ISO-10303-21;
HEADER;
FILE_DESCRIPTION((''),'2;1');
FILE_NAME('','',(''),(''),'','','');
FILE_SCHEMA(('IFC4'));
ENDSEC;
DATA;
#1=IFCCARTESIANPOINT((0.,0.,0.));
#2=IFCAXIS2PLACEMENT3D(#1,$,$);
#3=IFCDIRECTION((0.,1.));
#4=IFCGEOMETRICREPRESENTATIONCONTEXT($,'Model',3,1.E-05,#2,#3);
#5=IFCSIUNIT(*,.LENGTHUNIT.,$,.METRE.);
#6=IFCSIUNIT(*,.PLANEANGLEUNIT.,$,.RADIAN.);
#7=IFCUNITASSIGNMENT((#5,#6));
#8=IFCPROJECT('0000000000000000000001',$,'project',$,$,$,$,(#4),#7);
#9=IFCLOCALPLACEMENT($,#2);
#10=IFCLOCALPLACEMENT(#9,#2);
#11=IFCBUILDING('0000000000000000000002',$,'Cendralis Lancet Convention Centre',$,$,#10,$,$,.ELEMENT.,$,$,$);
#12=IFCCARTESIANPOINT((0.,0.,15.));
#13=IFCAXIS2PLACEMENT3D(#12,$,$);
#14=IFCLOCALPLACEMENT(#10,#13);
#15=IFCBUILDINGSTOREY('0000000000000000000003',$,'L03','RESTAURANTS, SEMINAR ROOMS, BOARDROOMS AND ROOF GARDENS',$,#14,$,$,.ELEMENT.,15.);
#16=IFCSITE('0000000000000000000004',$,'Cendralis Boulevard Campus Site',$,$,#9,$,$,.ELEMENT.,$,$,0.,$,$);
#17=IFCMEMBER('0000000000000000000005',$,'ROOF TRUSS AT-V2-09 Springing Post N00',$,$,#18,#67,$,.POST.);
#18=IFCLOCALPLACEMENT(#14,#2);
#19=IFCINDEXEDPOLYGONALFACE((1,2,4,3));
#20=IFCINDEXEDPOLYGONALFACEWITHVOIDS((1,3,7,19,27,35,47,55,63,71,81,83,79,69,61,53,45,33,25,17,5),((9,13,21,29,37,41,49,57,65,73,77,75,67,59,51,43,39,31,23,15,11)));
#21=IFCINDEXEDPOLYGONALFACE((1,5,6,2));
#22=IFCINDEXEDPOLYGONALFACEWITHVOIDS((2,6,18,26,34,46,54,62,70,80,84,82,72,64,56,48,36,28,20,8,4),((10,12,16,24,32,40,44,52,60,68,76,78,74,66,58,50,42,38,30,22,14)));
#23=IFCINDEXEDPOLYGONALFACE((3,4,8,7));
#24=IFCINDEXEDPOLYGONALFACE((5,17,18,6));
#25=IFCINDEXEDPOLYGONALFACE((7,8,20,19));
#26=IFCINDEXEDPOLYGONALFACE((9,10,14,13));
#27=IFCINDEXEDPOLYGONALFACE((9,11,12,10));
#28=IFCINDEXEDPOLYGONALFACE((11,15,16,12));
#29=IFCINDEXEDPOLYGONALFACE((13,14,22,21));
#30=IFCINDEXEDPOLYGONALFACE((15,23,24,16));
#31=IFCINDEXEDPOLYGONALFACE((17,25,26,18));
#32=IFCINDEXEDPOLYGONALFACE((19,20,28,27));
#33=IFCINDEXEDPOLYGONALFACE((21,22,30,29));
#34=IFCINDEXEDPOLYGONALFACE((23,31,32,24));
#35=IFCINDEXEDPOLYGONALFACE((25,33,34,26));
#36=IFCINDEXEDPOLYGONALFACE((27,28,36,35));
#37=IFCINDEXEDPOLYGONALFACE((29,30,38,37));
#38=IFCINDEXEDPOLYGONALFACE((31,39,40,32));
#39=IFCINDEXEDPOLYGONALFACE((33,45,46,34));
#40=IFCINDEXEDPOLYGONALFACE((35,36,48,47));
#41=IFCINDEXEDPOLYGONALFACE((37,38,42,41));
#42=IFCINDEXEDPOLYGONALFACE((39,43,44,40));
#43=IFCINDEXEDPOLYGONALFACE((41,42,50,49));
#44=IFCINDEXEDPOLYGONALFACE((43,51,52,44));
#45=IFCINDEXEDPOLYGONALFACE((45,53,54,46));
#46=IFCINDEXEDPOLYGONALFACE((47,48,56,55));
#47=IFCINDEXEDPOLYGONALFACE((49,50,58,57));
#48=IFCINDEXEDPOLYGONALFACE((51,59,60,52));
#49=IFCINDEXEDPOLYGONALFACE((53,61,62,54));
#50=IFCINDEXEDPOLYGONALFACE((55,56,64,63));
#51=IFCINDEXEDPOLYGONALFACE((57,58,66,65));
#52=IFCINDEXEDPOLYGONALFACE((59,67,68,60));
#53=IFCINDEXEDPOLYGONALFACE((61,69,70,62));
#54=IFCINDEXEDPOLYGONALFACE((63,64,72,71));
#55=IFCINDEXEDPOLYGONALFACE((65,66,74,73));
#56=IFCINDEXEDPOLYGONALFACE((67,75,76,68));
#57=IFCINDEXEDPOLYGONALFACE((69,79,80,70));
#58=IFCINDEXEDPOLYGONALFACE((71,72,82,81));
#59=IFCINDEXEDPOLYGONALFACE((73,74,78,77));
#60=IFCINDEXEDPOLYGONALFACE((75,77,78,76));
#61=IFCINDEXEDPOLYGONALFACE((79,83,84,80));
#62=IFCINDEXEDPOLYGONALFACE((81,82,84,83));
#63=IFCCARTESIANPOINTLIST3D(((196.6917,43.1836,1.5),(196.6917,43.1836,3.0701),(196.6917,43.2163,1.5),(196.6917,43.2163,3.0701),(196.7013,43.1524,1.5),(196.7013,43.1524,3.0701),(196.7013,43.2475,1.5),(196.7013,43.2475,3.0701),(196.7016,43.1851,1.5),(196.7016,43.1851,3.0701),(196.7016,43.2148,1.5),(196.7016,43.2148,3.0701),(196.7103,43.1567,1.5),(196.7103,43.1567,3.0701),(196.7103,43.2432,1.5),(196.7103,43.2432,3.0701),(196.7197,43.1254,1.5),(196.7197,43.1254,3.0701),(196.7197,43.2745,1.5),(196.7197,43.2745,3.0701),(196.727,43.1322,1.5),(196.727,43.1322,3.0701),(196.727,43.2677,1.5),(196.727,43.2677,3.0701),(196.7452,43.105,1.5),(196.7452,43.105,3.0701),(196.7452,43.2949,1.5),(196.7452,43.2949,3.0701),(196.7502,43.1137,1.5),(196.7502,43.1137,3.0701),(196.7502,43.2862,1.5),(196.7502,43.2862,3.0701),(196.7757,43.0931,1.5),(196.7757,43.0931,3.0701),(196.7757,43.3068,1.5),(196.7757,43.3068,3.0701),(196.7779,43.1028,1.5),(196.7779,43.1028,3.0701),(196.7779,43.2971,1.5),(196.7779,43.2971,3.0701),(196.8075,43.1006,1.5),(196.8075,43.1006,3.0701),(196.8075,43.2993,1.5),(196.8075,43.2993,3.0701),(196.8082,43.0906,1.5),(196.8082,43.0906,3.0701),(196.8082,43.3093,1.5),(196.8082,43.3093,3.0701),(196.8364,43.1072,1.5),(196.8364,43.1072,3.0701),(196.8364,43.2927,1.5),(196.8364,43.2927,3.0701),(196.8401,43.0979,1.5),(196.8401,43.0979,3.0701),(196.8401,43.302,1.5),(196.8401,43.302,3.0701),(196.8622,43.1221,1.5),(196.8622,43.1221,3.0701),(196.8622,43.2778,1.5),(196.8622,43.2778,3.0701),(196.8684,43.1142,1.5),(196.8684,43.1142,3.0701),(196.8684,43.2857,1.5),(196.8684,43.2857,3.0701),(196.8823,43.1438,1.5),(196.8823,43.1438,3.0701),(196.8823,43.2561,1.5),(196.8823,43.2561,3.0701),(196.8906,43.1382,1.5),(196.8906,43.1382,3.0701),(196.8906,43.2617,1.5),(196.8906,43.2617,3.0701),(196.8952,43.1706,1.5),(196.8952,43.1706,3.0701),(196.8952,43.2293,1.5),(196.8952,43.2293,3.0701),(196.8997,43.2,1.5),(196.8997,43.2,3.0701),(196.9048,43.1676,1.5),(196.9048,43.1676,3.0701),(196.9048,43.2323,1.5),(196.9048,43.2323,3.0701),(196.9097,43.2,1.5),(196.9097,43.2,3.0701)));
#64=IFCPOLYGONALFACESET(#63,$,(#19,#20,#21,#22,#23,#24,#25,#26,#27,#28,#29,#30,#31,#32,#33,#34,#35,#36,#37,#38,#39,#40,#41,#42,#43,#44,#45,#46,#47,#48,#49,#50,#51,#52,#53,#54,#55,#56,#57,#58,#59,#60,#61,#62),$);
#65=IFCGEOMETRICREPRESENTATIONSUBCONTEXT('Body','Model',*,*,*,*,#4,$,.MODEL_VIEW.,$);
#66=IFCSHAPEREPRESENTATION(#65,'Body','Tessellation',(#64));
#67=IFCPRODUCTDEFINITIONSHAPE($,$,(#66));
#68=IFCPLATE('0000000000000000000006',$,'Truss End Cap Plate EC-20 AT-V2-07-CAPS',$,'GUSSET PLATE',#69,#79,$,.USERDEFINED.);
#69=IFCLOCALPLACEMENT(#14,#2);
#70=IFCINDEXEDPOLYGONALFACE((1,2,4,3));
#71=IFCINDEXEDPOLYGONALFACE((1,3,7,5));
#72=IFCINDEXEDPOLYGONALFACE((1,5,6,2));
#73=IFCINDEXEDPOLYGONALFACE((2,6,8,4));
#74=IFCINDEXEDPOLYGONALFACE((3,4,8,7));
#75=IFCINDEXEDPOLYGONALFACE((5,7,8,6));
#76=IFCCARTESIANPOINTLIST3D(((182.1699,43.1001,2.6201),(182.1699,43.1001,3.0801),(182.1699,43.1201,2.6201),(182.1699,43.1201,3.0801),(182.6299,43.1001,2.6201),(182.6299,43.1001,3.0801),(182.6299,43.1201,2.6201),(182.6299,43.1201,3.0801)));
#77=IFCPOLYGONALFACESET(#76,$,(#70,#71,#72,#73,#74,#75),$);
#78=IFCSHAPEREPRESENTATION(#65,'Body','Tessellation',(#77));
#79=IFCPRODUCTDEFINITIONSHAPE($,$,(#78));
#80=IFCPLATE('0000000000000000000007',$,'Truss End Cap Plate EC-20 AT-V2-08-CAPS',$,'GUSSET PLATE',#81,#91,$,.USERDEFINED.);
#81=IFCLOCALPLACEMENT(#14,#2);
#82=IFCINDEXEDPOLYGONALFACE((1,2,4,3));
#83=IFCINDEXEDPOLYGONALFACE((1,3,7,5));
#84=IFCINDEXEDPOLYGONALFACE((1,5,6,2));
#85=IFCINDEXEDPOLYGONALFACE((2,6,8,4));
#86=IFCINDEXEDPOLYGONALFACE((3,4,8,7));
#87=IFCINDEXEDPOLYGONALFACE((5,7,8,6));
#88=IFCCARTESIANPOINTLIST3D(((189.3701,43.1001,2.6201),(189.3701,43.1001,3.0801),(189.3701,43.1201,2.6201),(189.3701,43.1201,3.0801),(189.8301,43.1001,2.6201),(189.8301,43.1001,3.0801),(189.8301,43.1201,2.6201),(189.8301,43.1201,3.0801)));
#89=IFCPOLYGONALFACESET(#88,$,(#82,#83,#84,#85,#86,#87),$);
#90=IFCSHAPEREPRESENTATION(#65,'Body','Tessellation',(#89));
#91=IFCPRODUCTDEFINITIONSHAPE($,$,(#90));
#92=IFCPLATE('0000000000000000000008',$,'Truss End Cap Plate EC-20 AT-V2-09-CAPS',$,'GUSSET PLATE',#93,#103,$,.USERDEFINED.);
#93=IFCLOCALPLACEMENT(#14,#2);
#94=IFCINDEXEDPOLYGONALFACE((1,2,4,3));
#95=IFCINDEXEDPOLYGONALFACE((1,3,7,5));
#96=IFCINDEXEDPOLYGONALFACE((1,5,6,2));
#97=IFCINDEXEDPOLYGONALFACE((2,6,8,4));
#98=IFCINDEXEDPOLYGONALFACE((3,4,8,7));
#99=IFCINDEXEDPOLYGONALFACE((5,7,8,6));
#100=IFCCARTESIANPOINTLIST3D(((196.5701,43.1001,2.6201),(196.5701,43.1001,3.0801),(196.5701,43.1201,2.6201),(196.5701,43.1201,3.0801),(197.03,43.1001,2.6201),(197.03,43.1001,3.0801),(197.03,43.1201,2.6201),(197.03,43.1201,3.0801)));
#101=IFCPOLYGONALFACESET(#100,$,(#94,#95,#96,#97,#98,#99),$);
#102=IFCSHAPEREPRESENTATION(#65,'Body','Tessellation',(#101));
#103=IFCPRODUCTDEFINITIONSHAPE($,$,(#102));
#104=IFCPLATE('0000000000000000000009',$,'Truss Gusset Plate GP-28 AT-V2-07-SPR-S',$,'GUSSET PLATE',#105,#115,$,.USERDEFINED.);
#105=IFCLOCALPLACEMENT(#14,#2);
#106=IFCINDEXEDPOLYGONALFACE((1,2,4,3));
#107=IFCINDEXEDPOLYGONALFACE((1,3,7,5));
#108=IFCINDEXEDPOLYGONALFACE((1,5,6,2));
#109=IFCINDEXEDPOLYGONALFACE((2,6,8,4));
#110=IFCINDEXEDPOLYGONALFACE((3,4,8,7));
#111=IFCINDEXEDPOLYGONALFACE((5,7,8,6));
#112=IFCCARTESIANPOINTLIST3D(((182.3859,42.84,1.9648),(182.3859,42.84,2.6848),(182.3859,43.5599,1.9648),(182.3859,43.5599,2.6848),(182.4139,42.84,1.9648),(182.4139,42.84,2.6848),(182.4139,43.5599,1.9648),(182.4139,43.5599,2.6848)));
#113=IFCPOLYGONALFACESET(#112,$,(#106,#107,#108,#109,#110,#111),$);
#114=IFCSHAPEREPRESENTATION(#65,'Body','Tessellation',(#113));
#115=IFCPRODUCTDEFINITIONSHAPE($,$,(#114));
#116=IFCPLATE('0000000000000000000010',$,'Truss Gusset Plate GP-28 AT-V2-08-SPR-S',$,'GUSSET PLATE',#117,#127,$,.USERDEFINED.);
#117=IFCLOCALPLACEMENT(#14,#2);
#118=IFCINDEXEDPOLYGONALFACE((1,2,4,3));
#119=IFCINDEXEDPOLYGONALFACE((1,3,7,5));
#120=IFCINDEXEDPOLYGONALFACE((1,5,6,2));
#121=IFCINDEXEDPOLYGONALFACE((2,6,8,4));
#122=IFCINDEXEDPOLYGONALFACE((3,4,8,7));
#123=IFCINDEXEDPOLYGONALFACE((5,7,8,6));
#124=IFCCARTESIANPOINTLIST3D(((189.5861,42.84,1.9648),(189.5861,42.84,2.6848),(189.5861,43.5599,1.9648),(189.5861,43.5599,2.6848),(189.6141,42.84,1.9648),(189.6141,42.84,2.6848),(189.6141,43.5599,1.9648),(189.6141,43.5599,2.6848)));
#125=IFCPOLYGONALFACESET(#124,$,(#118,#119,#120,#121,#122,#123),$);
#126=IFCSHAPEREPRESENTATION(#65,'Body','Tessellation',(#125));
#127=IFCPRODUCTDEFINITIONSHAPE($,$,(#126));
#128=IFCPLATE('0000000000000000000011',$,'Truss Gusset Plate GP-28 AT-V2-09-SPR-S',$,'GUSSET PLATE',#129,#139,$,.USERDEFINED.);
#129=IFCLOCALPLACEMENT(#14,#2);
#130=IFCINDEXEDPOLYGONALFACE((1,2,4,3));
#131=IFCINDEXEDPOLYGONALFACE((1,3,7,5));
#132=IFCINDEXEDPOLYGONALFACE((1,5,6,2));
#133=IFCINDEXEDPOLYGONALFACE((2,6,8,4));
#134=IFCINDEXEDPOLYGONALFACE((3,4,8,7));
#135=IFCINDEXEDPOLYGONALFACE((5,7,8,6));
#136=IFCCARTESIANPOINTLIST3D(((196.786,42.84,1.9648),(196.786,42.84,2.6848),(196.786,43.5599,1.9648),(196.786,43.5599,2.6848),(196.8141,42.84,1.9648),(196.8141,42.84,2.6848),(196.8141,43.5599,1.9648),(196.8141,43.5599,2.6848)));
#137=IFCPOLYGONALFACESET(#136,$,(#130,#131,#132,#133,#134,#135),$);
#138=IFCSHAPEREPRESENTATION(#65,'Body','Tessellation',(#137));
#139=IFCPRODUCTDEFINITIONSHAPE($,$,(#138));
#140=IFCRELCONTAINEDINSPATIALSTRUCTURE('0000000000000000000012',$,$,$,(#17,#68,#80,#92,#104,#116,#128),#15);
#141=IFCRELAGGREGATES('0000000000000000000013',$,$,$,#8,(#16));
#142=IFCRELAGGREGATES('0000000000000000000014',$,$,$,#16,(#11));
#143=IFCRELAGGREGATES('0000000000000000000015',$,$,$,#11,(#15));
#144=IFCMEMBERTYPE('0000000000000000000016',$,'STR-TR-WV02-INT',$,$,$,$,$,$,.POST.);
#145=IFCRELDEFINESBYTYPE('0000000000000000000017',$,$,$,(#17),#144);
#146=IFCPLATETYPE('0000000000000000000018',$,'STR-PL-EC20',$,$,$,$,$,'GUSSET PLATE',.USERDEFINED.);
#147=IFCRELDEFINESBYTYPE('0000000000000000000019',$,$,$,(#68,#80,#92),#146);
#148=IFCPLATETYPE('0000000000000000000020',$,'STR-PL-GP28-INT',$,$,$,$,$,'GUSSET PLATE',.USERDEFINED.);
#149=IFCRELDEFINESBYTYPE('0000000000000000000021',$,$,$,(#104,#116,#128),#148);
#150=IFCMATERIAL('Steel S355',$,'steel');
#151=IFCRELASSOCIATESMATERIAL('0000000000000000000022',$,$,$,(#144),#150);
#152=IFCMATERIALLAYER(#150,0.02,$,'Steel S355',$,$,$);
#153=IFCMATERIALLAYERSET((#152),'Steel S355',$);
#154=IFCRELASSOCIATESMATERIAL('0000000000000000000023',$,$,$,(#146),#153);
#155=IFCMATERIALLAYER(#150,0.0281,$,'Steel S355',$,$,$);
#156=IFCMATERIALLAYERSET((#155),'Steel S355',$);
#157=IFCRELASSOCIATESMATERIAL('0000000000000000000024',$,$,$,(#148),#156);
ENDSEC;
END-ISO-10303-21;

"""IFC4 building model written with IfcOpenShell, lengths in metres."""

from ifc_helpers import new_model, si_unit, direction, frame, origin, origin_2d, place, context, subcontext, project, spatial, rectangle, hollow_circle, extrude, material, layer, layer_set, material_profile, profile_set, type_object, element, save


model = new_model("IFC4")

# Units and contexts
model_context = context("Model", 3, precision=1e-05, world=origin(), true_north=direction((0.0, 1.0)))
body_context = subcontext(model_context, "Body", "Model", "MODEL_VIEW")
ifc_project = project(units=[si_unit("LENGTHUNIT", "METRE"), si_unit("PLANEANGLEUNIT", "RADIAN")], contexts=[model_context])

# Site, building, storey
site_placement = place(None, origin())
site = spatial("IfcSite", under=ifc_project, at=site_placement, Name="Cendralis Boulevard Campus Site", CompositionType="ELEMENT", RefElevation=0.0)
building_placement = place(site_placement, origin())
building = spatial("IfcBuilding", under=site, at=building_placement, Name="Cendralis Lancet Convention Centre", CompositionType="ELEMENT")
storey_placement = place(building_placement, frame((0.0, 0.0, 15.0)))
storey = spatial("IfcBuildingStorey", under=building, at=storey_placement, Name="L03", Description="RESTAURANTS, SEMINAR ROOMS, BOARDROOMS AND ROOF GARDENS", CompositionType="ELEMENT", Elevation=15.0)

# Shared definitions
ifc_material_1 = material(Name="Steel S355", Category="steel")

# Member
ifc_material_profile_1 = material_profile(ifc_material_1, hollow_circle(Radius=0.1096, WallThickness=0.01, at=origin_2d()), Name="CHS 219.1x10.0")
ifc_profile_set_1 = profile_set([ifc_material_profile_1], Name="Steel S355")
member_type_1 = type_object("IfcMemberType", Name="STR-TR-WV02-INT", PredefinedType="POST", material=ifc_profile_set_1)
for number, where, z_axis, x_axis, name in (
    (1, (196.8, 43.2, 1.5), (0.0, 0.0, 1.0), (1.0, 0.0, 0.0), "ROOF TRUSS AT-V2-09 Springing Post N00"),
):
    element("IfcMember", number, at=place(storey_placement, frame(where, z_axis=z_axis, x_axis=x_axis)), inside=storey, type_object=member_type_1, Name=name, PredefinedType="POST", context=body_context, shape_type="SweptSolid", body=[
        extrude(hollow_circle(Radius=0.1096, WallThickness=0.01, at=origin_2d()), origin(), (0.0, 0.0, 1.0), 1.5701),
    ])

# Plates
ifc_layer_1 = layer(ifc_material_1, 0.02, Name="Steel S355")
ifc_layer_set_1 = layer_set([ifc_layer_1], Name="Steel S355")
plate_type_1 = type_object("IfcPlateType", Name="STR-PL-EC20", ElementType="GUSSET PLATE", PredefinedType="USERDEFINED", material=ifc_layer_set_1)
for number, where, z_axis, x_axis, name in (
    (2, (182.3999, 43.1101, 2.6201), (0.0, 0.0, 1.0), (1.0, 0.0, 0.0), "Truss End Cap Plate EC-20 AT-V2-07-CAPS"),
    (3, (189.6001, 43.1101, 2.6201), (0.0, 0.0, 1.0), (1.0, 0.0, 0.0), "Truss End Cap Plate EC-20 AT-V2-08-CAPS"),
    (4, (196.8, 43.1101, 2.6201), (0.0, 0.0, 1.0), (1.0, 0.0, 0.0), "Truss End Cap Plate EC-20 AT-V2-09-CAPS"),
):
    element("IfcPlate", number, at=place(storey_placement, frame(where, z_axis=z_axis, x_axis=x_axis)), inside=storey, type_object=plate_type_1, Name=name, ObjectType="GUSSET PLATE", PredefinedType="USERDEFINED", context=body_context, shape_type="SweptSolid", body=[
        extrude(rectangle(XDim=0.46, YDim=0.02, at=origin_2d()), origin(), (0.0, 0.0, 1.0), 0.46),
    ])
ifc_layer_2 = layer(ifc_material_1, 0.0281, Name="Steel S355")
ifc_layer_set_2 = layer_set([ifc_layer_2], Name="Steel S355")
plate_type_2 = type_object("IfcPlateType", Name="STR-PL-GP28-INT", ElementType="GUSSET PLATE", PredefinedType="USERDEFINED", material=ifc_layer_set_2)
for number, where, z_axis, x_axis, name in (
    (5, (182.3999, 43.2, 1.9648), (0.0, 0.0, 1.0), (0.0, 1.0, 0.0), "Truss Gusset Plate GP-28 AT-V2-07-SPR-S"),
    (6, (189.6001, 43.2, 1.9648), (0.0, 0.0, 1.0), (0.0, 1.0, 0.0), "Truss Gusset Plate GP-28 AT-V2-08-SPR-S"),
    (7, (196.8, 43.2, 1.9648), (0.0, 0.0, 1.0), (0.0, 1.0, 0.0), "Truss Gusset Plate GP-28 AT-V2-09-SPR-S"),
):
    element("IfcPlate", number, at=place(storey_placement, frame(where, z_axis=z_axis, x_axis=x_axis)), inside=storey, type_object=plate_type_2, Name=name, ObjectType="GUSSET PLATE", PredefinedType="USERDEFINED", context=body_context, shape_type="SweptSolid", body=[
        extrude(rectangle(XDim=0.72, YDim=0.0281, at=origin_2d()), origin(), (0.0, 0.0, 1.0), 0.72),
    ])

save(model, "model.ifc")
